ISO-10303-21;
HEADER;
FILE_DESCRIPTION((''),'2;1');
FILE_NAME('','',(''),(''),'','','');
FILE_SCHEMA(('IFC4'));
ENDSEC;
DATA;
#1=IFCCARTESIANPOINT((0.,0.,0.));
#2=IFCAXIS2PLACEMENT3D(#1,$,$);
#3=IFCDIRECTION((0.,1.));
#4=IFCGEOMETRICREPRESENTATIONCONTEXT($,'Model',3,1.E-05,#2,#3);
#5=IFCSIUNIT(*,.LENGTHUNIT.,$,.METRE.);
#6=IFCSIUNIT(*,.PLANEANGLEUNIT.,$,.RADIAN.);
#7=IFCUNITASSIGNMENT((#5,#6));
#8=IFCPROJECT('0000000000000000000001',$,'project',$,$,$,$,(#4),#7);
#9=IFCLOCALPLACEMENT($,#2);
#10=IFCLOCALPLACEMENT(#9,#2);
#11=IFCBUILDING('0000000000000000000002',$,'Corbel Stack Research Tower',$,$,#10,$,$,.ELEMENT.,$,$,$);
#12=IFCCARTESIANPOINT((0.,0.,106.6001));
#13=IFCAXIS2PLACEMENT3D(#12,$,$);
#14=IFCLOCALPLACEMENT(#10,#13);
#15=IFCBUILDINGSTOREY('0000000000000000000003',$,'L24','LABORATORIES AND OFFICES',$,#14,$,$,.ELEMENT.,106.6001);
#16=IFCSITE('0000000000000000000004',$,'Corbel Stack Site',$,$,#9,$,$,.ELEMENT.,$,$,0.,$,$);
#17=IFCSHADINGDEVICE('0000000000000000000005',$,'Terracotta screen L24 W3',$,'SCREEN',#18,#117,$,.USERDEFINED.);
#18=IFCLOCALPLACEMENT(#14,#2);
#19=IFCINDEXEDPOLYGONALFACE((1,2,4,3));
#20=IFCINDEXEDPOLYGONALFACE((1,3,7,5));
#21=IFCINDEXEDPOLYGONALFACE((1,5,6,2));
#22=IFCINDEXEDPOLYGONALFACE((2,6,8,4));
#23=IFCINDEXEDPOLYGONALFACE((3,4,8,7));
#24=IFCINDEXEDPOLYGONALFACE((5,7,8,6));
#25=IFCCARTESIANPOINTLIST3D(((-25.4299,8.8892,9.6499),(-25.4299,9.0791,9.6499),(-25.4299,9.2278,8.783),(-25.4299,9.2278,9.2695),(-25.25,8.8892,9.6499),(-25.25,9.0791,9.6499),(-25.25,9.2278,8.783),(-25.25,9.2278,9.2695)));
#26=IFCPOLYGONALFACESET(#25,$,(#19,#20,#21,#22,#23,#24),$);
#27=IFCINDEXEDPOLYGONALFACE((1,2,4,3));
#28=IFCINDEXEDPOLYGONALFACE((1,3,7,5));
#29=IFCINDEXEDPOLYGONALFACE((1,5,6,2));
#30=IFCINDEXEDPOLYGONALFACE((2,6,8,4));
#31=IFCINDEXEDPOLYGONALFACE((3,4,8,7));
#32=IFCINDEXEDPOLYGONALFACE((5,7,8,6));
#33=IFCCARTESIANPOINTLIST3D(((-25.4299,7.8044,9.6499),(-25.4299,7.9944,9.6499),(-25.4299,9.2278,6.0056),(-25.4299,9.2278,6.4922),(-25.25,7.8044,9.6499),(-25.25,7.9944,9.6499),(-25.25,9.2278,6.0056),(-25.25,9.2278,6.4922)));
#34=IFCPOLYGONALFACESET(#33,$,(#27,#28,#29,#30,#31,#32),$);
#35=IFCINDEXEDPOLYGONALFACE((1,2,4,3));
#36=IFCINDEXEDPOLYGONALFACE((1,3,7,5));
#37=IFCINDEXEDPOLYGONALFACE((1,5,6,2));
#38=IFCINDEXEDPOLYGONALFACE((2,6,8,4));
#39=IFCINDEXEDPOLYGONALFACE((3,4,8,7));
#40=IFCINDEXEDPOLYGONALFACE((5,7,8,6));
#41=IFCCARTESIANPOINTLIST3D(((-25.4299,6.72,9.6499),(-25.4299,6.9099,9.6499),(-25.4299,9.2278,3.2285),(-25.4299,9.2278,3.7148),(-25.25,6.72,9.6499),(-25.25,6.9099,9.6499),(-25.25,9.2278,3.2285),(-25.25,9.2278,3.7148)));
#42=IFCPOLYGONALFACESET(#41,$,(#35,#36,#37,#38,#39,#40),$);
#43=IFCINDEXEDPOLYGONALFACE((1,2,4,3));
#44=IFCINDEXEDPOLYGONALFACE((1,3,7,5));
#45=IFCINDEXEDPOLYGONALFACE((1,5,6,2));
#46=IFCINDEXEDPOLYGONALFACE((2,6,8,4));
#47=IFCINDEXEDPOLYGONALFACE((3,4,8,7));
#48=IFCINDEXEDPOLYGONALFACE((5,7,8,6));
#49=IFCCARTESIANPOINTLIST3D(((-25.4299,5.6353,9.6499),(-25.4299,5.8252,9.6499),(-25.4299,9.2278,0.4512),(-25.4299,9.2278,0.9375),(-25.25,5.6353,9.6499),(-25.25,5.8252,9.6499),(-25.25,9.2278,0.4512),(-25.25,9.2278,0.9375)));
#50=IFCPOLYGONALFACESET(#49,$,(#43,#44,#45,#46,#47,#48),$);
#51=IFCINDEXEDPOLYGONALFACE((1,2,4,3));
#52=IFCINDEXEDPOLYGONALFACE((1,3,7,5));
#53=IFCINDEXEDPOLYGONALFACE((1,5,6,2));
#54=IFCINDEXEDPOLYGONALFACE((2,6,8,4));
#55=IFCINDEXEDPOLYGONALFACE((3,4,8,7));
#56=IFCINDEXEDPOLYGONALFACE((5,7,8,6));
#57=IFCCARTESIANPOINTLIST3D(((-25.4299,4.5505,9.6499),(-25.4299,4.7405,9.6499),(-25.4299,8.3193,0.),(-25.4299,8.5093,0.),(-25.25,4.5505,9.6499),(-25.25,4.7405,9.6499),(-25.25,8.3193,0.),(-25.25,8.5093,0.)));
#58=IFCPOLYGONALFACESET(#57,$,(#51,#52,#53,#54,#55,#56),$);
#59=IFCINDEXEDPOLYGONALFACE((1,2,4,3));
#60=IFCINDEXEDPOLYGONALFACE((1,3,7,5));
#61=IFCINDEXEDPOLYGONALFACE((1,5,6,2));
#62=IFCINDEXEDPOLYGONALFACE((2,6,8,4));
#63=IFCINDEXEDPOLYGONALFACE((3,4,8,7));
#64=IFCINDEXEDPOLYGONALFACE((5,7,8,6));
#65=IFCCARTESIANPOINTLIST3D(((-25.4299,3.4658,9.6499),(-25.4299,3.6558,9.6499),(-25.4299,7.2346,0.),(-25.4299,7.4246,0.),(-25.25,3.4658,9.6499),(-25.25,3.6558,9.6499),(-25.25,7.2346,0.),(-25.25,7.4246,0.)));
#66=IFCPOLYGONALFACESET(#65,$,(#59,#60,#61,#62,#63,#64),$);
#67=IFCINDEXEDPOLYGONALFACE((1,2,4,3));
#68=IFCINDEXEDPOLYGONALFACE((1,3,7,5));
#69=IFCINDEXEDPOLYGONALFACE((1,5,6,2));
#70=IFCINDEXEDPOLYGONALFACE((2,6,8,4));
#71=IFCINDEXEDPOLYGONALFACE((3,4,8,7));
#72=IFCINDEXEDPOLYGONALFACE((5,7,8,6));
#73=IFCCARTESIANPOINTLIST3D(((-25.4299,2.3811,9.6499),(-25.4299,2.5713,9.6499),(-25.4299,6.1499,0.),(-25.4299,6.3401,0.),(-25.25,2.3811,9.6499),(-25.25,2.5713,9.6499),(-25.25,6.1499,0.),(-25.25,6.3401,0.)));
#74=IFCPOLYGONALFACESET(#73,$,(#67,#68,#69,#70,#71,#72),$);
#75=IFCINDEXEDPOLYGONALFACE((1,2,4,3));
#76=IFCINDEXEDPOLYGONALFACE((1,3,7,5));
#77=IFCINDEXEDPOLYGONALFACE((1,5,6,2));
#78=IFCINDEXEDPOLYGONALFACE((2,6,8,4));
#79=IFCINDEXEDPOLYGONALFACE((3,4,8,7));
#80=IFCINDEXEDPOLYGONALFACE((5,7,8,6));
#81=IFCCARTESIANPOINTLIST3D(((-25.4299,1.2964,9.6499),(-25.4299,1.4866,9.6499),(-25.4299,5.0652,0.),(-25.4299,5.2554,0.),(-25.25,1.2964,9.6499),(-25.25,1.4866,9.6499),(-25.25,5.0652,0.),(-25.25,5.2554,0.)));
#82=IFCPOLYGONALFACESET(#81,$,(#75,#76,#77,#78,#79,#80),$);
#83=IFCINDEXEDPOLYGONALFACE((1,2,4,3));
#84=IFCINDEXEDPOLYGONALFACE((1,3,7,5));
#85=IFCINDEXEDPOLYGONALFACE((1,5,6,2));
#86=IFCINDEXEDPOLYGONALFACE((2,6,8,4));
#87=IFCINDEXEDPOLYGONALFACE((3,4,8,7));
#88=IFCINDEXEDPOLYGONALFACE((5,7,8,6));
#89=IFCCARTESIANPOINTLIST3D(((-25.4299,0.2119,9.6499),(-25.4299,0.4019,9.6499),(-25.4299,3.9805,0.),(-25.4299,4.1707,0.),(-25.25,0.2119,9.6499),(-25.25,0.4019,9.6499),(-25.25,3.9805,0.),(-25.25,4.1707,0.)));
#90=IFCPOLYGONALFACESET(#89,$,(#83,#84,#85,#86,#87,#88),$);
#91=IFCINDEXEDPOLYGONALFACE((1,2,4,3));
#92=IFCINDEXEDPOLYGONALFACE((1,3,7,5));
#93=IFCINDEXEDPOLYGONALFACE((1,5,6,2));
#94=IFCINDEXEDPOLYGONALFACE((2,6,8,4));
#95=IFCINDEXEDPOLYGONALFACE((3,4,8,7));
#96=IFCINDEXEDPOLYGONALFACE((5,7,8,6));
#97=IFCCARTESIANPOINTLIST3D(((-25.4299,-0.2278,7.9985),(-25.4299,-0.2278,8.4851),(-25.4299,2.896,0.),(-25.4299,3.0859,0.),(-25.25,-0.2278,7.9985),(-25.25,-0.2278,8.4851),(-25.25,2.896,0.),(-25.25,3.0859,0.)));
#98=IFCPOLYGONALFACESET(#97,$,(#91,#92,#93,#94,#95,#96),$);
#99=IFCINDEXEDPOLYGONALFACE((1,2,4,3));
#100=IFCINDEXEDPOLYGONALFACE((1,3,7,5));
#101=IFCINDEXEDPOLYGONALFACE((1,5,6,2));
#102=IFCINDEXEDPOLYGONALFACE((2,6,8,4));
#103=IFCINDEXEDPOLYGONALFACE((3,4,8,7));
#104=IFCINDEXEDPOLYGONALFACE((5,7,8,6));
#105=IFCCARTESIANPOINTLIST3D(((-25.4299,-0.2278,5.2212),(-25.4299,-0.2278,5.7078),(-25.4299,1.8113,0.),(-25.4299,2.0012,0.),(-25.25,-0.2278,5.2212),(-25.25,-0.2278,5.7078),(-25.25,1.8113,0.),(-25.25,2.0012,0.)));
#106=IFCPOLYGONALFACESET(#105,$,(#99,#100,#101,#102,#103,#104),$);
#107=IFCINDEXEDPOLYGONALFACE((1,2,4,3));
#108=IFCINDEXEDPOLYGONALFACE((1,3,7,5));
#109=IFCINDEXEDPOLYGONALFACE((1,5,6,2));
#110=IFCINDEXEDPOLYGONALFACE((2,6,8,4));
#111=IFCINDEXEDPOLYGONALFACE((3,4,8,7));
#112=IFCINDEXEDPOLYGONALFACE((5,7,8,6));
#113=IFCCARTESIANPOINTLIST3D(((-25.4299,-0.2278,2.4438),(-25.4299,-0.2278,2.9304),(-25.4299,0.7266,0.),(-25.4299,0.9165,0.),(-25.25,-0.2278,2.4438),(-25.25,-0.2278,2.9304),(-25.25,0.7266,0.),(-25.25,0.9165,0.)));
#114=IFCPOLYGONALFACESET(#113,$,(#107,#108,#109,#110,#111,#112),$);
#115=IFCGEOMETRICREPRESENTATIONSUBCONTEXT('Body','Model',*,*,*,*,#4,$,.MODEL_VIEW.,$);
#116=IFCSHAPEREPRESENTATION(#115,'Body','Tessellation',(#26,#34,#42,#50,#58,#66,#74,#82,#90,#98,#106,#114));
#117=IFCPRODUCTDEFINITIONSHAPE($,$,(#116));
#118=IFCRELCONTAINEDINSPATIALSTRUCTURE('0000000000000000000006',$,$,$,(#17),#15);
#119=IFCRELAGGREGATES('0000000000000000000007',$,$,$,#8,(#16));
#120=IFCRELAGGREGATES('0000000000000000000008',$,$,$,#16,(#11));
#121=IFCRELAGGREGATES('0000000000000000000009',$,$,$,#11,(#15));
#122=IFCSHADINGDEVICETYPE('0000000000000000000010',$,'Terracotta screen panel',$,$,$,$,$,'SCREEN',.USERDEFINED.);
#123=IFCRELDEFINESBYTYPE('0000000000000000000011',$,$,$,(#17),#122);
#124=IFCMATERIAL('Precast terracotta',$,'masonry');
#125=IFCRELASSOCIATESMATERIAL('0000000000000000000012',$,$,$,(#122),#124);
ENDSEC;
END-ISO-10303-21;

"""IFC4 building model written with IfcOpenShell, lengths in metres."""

from ifc_helpers import new_model, si_unit, direction, frame, origin, place, context, subcontext, project, spatial, polyline, outline, extrude, source, transform, mapped, material, type_object, element, save


model = new_model("IFC4")

# Units and contexts
model_context = context("Model", 3, precision=1e-05, world=origin(), true_north=direction((0.0, 1.0)))
body_context = subcontext(model_context, "Body", "Model", "MODEL_VIEW")
ifc_project = project(units=[si_unit("LENGTHUNIT", "METRE"), si_unit("PLANEANGLEUNIT", "RADIAN")], contexts=[model_context])

# Site, building, storey
site_placement = place(None, origin())
site = spatial("IfcSite", under=ifc_project, at=site_placement, Name="Corbel Stack Site", CompositionType="ELEMENT", RefElevation=0.0)
building_placement = place(site_placement, origin())
building = spatial("IfcBuilding", under=site, at=building_placement, Name="Corbel Stack Research Tower", CompositionType="ELEMENT")
storey_placement = place(building_placement, frame((0.0, 0.0, 106.6001)))
storey = spatial("IfcBuildingStorey", under=building, at=storey_placement, Name="L24", Description="LABORATORIES AND OFFICES", CompositionType="ELEMENT", Elevation=106.6001)

# Shading device
ifc_material_1 = material(Name="Precast terracotta", Category="masonry")
shading_device_type = type_object("IfcShadingDeviceType", Name="Terracotta screen panel", ElementType="SCREEN", PredefinedType="USERDEFINED", material=ifc_material_1)
shared_shape = source(origin(), body_context, "Body", "SweptSolid", [
    extrude(outline(polyline([(0.3386, 9.6499), (0.1487, 9.6499), (0.0, 9.2695), (0.0, 8.783), (0.3386, 9.6499)])), frame((0.0, 0.0, 0.0), z_axis=(0.0, -1.0, 0.0), x_axis=(1.0, 0.0, 0.0)), (0.0, 0.0, 1.0), 0.1799),
    extrude(outline(polyline([(1.4233, 9.6499), (1.2334, 9.6499), (0.0, 6.4922), (0.0, 6.0056), (1.4233, 9.6499)])), frame((0.0, 0.0, 0.0), z_axis=(0.0, -1.0, 0.0), x_axis=(1.0, 0.0, 0.0)), (0.0, 0.0, 1.0), 0.1799),
    extrude(outline(polyline([(2.5078, 9.6499), (2.3179, 9.6499), (0.0, 3.7148), (0.0, 3.2285), (2.5078, 9.6499)])), frame((0.0, 0.0, 0.0), z_axis=(0.0, -1.0, 0.0), x_axis=(1.0, 0.0, 0.0)), (0.0, 0.0, 1.0), 0.1799),
    extrude(outline(polyline([(3.5925, 9.6499), (3.4026, 9.6499), (0.0, 0.9375), (0.0, 0.4512), (3.5925, 9.6499)])), frame((0.0, 0.0, 0.0), z_axis=(0.0, -1.0, 0.0), x_axis=(1.0, 0.0, 0.0)), (0.0, 0.0, 1.0), 0.1799),
    extrude(outline(polyline([(0.9084, 0.0), (4.6772, 9.6499), (4.4873, 9.6499), (0.7185, 0.0), (0.9084, 0.0)])), frame((0.0, 0.0, 0.0), z_axis=(0.0, -1.0, 0.0), x_axis=(1.0, 0.0, 0.0)), (0.0, 0.0, 1.0), 0.1799),
    extrude(outline(polyline([(1.9932, 0.0), (5.762, 9.6499), (5.572, 9.6499), (1.8032, 0.0), (1.9932, 0.0)])), frame((0.0, 0.0, 0.0), z_axis=(0.0, -1.0, 0.0), x_axis=(1.0, 0.0, 0.0)), (0.0, 0.0, 1.0), 0.1799),
    extrude(outline(polyline([(3.0779, 0.0), (6.8467, 9.6499), (6.6565, 9.6499), (2.8877, 0.0), (3.0779, 0.0)])), frame((0.0, 0.0, 0.0), z_axis=(0.0, -1.0, 0.0), x_axis=(1.0, 0.0, 0.0)), (0.0, 0.0, 1.0), 0.1799),
    extrude(outline(polyline([(4.1626, 0.0), (7.9314, 9.6499), (7.7412, 9.6499), (3.9724, 0.0), (4.1626, 0.0)])), frame((0.0, 0.0, 0.0), z_axis=(0.0, -1.0, 0.0), x_axis=(1.0, 0.0, 0.0)), (0.0, 0.0, 1.0), 0.1799),
    extrude(outline(polyline([(5.2473, 0.0), (9.0159, 9.6499), (8.8259, 9.6499), (5.0571, 0.0), (5.2473, 0.0)])), frame((0.0, 0.0, 0.0), z_axis=(0.0, -1.0, 0.0), x_axis=(1.0, 0.0, 0.0)), (0.0, 0.0, 1.0), 0.1799),
    extrude(outline(polyline([(6.3318, 0.0), (9.4556, 7.9985), (9.4556, 8.4851), (6.1418, 0.0), (6.3318, 0.0)])), frame((0.0, 0.0, 0.0), z_axis=(0.0, -1.0, 0.0), x_axis=(1.0, 0.0, 0.0)), (0.0, 0.0, 1.0), 0.1799),
    extrude(outline(polyline([(7.4165, 0.0), (9.4556, 5.2212), (9.4556, 5.7078), (7.2266, 0.0), (7.4165, 0.0)])), frame((0.0, 0.0, 0.0), z_axis=(0.0, -1.0, 0.0), x_axis=(1.0, 0.0, 0.0)), (0.0, 0.0, 1.0), 0.1799),
    extrude(outline(polyline([(8.5012, 0.0), (9.4556, 2.4438), (9.4556, 2.9304), (8.3113, 0.0), (8.5012, 0.0)])), frame((0.0, 0.0, 0.0), z_axis=(0.0, -1.0, 0.0), x_axis=(1.0, 0.0, 0.0)), (0.0, 0.0, 1.0), 0.1799),
])
shading_device_placement = place(storey_placement, frame((-25.25, 9.2278, 0.0), z_axis=(0.0, 0.0, 1.0), x_axis=(0.0, -1.0, 0.0)))
element("IfcShadingDevice", 1, at=shading_device_placement, inside=storey, type_object=shading_device_type, Name="Terracotta screen L24 W3", ObjectType="SCREEN", PredefinedType="USERDEFINED", context=body_context, shape_type="MappedRepresentation", body=[
    mapped(shared_shape, transform((0.0, 0.0, 0.0))),
])

save(model, "model.ifc")
